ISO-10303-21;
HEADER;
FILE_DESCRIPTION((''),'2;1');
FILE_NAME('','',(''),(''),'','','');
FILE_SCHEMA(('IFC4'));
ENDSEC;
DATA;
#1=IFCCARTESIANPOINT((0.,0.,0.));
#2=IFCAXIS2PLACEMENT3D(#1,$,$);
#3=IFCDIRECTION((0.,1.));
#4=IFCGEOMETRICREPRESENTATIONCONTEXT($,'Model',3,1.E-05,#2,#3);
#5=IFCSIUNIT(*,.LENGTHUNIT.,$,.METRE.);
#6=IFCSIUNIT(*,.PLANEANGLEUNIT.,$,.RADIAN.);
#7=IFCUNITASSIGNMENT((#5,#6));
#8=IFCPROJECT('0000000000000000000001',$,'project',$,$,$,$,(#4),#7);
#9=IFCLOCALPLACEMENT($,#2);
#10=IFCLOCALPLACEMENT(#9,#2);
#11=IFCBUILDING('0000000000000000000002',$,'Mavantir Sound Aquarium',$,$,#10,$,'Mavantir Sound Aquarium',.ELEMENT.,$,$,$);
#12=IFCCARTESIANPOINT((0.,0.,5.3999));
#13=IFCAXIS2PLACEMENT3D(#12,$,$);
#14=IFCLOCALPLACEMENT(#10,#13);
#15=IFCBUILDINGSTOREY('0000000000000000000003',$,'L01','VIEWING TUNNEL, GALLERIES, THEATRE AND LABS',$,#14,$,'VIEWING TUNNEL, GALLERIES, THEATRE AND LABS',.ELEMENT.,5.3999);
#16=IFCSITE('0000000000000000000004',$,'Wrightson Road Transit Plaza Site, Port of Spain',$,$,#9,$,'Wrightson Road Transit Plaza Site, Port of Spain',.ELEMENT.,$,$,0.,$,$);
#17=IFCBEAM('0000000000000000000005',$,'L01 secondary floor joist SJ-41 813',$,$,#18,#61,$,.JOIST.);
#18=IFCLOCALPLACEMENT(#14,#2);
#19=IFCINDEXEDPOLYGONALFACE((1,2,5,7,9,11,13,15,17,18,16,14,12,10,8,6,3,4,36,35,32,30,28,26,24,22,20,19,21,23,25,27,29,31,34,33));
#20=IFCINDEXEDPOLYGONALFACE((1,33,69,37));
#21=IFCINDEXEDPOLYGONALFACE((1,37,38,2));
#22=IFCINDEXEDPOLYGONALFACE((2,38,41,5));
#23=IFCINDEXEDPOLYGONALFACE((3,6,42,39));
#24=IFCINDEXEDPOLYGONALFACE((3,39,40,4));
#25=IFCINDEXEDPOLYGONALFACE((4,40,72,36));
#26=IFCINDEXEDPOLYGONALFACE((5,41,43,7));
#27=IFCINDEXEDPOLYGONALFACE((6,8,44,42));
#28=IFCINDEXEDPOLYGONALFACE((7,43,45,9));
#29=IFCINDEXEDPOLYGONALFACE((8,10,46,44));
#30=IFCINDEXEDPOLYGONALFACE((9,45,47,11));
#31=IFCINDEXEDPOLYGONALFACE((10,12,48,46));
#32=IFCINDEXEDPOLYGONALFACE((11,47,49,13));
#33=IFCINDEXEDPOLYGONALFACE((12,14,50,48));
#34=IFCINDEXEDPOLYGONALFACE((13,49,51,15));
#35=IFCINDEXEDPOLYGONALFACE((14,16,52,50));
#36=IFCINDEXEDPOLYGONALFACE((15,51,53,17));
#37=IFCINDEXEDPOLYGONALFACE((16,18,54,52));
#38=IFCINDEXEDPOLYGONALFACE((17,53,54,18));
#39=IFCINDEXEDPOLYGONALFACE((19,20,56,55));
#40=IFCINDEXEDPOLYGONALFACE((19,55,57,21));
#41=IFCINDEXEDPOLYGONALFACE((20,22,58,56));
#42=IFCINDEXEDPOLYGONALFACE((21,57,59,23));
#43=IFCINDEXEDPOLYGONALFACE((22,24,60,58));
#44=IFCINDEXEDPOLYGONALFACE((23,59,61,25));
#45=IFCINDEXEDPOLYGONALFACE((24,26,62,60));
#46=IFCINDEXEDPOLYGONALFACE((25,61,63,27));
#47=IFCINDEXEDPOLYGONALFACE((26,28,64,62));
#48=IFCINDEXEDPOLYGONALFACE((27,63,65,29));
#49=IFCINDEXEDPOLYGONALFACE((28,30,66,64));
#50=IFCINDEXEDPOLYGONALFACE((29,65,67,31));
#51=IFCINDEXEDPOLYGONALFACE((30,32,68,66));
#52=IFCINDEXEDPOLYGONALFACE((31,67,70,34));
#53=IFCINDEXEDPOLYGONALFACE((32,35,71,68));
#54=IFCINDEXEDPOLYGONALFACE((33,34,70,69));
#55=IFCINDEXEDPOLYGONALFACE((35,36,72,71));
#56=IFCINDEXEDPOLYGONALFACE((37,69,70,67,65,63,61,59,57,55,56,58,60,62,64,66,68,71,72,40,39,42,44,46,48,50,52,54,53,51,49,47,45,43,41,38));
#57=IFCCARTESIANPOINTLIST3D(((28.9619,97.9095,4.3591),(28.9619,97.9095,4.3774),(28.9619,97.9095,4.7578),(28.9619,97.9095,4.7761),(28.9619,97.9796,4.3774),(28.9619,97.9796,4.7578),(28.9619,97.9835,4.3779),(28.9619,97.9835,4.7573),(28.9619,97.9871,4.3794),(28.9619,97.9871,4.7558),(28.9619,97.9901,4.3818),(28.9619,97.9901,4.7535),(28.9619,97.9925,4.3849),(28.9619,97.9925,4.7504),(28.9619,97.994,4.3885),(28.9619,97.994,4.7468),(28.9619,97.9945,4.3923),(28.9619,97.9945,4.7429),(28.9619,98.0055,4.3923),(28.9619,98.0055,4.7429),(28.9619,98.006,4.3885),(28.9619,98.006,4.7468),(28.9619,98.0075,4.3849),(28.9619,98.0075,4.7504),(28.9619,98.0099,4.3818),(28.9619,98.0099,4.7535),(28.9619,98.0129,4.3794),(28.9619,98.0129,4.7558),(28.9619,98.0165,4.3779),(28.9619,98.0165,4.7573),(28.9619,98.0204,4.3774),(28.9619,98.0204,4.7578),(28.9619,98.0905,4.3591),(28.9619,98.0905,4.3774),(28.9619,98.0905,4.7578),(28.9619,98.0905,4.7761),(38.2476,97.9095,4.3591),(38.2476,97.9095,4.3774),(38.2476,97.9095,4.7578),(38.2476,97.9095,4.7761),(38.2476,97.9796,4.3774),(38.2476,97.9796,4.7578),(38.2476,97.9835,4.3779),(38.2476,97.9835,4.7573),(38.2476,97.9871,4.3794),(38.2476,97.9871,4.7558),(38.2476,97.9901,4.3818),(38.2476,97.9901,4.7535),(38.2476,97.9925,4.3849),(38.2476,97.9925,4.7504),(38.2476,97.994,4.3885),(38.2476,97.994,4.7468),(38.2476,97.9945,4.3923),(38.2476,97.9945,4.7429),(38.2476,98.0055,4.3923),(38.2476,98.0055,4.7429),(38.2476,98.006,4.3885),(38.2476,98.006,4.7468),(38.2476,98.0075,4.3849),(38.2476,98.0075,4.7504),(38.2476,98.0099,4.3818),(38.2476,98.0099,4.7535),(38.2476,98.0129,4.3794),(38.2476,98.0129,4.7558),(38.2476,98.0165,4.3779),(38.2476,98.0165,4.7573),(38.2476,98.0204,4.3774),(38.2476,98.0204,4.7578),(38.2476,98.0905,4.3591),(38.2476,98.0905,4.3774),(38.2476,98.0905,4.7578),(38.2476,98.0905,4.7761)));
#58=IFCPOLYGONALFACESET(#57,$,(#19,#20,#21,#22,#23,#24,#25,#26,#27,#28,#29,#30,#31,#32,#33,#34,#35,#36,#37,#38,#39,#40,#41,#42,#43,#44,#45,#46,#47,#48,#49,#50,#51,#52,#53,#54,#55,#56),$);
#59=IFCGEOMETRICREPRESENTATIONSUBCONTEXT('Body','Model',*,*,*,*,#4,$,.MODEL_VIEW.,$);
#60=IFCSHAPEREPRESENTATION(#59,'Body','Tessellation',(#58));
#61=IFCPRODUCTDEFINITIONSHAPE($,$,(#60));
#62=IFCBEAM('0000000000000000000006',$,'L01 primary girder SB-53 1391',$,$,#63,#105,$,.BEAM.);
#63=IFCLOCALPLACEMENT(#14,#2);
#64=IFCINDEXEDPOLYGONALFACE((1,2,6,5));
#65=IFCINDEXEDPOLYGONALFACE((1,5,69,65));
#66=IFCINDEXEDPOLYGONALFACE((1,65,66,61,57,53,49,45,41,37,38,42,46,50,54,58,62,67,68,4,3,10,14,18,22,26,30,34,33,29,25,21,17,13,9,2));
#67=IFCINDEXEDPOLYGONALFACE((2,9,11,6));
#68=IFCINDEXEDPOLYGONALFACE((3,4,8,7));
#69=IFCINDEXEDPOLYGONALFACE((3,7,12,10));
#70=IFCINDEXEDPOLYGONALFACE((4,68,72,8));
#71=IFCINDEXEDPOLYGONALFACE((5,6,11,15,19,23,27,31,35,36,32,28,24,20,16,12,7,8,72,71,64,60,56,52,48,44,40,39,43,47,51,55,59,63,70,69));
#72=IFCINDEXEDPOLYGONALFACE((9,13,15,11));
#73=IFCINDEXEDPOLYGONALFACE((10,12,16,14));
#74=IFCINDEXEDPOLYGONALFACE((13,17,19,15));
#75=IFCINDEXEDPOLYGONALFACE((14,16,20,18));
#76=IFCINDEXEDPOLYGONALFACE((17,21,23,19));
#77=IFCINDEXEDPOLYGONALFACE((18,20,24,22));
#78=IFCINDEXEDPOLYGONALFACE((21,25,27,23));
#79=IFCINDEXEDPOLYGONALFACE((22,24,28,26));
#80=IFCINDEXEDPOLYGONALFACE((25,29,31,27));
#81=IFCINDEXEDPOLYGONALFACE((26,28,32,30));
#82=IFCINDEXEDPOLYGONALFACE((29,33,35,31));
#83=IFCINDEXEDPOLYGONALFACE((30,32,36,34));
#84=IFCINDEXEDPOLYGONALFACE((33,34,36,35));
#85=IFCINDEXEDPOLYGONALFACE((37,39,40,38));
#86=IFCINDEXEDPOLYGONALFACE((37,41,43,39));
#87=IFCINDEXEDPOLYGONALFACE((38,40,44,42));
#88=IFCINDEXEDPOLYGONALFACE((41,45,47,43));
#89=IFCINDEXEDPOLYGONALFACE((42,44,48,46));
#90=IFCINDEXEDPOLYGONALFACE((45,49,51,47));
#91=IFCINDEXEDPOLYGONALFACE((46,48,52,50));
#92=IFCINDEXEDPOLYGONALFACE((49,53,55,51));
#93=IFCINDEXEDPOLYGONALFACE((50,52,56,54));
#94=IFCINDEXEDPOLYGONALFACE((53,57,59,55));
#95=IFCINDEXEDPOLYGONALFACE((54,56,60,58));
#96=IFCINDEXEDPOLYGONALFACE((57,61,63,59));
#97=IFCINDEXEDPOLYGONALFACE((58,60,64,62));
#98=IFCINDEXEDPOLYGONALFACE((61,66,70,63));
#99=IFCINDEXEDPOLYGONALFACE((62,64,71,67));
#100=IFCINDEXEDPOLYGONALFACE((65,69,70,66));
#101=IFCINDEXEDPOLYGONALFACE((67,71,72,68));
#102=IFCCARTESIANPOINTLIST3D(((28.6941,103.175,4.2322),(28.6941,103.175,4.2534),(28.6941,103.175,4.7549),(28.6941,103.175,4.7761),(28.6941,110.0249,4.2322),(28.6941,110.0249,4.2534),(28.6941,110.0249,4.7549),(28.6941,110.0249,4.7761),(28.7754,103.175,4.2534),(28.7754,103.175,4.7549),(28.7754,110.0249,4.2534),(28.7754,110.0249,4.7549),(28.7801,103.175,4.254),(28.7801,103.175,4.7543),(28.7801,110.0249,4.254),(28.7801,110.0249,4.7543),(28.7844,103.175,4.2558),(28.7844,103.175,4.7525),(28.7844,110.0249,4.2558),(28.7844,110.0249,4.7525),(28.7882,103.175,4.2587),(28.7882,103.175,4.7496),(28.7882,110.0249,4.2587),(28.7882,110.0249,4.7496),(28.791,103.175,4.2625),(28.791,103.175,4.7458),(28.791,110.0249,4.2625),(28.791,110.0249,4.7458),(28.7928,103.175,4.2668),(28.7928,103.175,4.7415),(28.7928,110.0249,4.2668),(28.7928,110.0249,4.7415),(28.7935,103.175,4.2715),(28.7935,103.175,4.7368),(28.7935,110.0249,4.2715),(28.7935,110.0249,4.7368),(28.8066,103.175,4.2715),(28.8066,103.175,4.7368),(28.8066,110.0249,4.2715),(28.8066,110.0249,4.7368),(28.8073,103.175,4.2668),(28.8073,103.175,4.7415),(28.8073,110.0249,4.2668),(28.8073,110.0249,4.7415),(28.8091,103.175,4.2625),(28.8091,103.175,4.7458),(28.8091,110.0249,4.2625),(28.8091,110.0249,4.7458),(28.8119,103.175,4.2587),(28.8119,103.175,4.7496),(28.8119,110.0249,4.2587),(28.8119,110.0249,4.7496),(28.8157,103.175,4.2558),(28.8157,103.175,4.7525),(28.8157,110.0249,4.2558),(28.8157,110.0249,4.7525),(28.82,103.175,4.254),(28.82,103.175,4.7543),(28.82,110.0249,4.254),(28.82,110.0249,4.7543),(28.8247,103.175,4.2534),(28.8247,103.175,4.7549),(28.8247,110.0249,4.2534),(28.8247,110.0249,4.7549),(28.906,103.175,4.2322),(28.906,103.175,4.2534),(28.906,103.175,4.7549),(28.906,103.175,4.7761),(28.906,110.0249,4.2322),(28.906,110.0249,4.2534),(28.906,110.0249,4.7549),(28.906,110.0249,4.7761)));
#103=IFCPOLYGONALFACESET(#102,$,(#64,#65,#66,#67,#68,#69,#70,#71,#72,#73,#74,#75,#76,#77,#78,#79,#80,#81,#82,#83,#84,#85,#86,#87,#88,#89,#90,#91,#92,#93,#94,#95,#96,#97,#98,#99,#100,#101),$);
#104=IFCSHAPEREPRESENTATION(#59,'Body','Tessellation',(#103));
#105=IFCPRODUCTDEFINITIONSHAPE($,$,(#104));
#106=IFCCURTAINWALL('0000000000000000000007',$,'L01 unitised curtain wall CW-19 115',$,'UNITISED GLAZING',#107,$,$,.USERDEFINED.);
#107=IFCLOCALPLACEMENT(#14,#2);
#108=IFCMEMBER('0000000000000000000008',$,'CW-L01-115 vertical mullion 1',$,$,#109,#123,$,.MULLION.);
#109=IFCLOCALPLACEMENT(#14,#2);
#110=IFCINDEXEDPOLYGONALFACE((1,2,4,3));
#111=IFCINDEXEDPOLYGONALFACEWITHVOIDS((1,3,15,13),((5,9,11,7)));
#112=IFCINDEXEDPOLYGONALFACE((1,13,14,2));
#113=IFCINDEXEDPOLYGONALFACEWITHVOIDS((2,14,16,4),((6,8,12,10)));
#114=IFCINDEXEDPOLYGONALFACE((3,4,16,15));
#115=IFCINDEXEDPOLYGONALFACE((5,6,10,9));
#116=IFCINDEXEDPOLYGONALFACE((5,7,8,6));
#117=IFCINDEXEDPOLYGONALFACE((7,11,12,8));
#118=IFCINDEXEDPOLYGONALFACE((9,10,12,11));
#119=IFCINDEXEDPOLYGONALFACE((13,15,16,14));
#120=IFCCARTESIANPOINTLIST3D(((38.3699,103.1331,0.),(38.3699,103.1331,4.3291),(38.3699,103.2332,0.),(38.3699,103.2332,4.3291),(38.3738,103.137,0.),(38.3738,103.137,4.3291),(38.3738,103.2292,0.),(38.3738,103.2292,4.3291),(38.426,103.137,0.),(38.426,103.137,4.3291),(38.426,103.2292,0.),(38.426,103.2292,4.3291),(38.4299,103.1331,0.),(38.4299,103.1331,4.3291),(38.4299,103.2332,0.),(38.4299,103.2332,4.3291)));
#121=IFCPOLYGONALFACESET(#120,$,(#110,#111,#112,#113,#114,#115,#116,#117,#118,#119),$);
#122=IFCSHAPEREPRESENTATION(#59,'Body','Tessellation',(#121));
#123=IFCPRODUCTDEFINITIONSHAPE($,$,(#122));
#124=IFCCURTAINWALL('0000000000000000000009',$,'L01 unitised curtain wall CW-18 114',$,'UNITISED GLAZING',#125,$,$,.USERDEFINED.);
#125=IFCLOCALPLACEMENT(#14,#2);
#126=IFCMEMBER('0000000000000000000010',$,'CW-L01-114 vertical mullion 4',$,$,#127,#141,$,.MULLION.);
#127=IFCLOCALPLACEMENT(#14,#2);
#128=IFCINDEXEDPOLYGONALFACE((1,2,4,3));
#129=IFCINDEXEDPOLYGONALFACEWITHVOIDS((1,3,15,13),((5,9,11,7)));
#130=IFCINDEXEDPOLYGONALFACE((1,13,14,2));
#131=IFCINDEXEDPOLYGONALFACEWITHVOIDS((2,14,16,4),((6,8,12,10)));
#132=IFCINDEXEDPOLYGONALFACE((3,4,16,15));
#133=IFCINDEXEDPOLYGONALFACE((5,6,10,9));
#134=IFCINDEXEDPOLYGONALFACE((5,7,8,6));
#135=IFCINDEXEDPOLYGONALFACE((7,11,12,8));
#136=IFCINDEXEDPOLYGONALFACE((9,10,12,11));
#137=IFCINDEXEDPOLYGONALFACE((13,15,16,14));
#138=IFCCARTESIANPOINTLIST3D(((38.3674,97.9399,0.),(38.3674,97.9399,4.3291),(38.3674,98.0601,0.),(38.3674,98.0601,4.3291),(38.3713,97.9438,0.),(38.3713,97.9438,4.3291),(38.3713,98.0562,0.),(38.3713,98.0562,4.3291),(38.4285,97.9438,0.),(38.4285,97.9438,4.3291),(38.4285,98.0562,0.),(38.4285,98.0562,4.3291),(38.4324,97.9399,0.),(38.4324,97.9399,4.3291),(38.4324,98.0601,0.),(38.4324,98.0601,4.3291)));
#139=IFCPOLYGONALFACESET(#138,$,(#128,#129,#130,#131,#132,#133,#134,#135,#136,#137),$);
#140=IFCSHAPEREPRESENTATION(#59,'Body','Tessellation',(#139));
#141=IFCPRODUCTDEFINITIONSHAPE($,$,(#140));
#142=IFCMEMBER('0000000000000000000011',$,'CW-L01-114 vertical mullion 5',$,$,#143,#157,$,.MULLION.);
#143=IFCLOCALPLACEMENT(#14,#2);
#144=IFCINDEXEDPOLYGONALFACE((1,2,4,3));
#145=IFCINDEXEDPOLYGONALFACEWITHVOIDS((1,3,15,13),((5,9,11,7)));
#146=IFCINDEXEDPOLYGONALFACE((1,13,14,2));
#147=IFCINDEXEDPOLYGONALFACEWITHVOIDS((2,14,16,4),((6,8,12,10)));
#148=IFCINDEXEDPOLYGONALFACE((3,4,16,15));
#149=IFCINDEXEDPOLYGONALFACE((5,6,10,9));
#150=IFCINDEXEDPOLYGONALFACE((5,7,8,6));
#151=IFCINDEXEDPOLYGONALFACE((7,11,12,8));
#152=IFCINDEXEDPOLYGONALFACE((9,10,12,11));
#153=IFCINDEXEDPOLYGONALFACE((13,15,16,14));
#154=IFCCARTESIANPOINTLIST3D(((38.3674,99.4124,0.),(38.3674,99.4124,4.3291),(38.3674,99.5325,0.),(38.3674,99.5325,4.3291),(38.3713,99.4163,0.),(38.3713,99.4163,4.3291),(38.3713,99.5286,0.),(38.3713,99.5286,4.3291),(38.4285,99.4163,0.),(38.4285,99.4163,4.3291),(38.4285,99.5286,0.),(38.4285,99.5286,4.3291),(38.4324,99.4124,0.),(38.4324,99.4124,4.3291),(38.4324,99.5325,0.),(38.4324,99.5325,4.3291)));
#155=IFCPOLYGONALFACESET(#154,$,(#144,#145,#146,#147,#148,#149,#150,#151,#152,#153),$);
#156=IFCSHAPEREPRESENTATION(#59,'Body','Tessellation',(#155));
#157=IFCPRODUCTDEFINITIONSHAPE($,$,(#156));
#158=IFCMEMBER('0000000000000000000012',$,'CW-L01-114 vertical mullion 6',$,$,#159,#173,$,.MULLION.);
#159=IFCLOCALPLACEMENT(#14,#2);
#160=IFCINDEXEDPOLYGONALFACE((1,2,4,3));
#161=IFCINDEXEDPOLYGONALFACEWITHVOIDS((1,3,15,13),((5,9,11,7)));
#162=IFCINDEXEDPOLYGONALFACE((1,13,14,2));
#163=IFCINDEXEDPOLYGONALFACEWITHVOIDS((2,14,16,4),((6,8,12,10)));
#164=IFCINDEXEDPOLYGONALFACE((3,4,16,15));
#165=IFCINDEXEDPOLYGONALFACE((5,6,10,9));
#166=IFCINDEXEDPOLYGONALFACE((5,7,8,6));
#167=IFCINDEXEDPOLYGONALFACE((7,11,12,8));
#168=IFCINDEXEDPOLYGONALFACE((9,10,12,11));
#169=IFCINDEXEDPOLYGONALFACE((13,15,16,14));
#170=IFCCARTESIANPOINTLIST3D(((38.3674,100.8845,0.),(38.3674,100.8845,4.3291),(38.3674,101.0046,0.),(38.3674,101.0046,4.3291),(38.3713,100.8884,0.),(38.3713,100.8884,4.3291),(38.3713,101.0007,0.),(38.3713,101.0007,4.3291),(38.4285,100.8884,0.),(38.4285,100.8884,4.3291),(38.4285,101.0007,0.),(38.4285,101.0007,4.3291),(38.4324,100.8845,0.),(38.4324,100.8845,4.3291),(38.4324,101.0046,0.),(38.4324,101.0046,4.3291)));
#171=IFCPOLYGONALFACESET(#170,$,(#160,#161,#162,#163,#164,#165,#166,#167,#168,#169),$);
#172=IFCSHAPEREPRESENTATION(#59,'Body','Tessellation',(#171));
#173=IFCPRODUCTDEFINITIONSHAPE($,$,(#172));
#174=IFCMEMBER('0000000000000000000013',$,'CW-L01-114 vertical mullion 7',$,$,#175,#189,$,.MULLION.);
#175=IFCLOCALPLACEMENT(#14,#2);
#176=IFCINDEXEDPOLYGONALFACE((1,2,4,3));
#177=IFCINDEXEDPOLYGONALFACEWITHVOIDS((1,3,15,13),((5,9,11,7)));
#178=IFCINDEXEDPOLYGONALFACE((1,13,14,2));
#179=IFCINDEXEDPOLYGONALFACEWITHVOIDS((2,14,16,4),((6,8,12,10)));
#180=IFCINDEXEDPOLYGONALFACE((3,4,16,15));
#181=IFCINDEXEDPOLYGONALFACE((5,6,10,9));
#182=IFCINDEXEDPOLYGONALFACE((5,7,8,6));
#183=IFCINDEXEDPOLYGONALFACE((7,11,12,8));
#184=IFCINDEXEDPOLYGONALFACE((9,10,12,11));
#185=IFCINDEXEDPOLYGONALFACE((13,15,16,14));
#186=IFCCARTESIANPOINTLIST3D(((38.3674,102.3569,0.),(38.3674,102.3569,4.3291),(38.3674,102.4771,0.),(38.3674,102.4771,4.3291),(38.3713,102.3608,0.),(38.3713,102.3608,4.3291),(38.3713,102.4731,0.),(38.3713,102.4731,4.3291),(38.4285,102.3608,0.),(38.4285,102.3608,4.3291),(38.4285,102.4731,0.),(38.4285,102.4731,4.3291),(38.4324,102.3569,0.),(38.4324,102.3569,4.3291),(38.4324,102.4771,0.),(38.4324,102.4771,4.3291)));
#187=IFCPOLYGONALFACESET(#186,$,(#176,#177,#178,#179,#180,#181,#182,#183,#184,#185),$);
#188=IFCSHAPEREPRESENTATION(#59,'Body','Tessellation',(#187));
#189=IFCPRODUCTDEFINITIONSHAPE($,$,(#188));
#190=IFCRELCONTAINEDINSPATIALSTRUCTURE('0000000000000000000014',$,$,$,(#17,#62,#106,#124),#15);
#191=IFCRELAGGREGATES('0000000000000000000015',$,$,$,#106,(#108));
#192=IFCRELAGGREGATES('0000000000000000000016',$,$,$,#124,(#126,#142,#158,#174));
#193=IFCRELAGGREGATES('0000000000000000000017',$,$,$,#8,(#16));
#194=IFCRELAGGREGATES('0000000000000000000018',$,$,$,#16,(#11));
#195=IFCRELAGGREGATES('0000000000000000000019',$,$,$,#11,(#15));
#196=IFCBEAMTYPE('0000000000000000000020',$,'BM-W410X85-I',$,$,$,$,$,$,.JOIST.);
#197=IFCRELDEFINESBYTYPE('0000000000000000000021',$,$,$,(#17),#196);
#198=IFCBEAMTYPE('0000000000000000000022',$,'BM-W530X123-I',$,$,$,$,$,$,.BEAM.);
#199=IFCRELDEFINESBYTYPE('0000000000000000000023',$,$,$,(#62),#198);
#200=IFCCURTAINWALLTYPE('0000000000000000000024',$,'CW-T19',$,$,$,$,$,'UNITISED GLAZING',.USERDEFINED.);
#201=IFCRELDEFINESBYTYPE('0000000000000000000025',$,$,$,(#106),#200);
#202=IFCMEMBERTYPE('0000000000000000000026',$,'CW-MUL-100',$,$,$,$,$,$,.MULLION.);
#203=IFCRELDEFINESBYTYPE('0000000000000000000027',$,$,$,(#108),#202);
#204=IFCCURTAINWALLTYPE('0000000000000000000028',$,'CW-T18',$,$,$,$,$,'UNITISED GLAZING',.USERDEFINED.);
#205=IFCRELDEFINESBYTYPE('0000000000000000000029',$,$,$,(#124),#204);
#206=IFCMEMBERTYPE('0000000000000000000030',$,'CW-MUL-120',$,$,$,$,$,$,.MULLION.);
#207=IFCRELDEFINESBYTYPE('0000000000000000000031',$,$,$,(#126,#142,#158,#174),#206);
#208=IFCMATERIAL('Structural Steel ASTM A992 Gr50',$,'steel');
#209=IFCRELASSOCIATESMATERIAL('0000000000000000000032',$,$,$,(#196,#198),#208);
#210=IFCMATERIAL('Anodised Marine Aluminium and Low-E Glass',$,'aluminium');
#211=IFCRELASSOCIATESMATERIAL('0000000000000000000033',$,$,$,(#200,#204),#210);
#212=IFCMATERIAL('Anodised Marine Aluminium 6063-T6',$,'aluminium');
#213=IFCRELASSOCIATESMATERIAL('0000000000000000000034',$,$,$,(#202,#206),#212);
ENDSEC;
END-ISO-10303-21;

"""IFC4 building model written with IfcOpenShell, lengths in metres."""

from ifc_helpers import new_model, si_unit, direction, frame, origin, origin_2d, place, context, subcontext, project, spatial, hollow_rectangle, i_section, extrude, material, material_profile, profile_set, type_object, element, aggregate, save


model = new_model("IFC4")

# Units and contexts
model_context = context("Model", 3, precision=1e-05, world=origin(), true_north=direction((0.0, 1.0)))
body_context = subcontext(model_context, "Body", "Model", "MODEL_VIEW")
ifc_project = project(units=[si_unit("LENGTHUNIT", "METRE"), si_unit("PLANEANGLEUNIT", "RADIAN")], contexts=[model_context])

# Site, building, storey
site_placement = place(None, origin())
site = spatial("IfcSite", under=ifc_project, at=site_placement, Name="Wrightson Road Transit Plaza Site, Port of Spain", LongName="Wrightson Road Transit Plaza Site, Port of Spain", CompositionType="ELEMENT", RefElevation=0.0)
building_placement = place(site_placement, origin())
building = spatial("IfcBuilding", under=site, at=building_placement, Name="Mavantir Sound Aquarium", LongName="Mavantir Sound Aquarium", CompositionType="ELEMENT")
storey_placement = place(building_placement, frame((0.0, 0.0, 5.3999)))
storey = spatial("IfcBuildingStorey", under=building, at=storey_placement, Name="L01", Description="VIEWING TUNNEL, GALLERIES, THEATRE AND LABS", LongName="VIEWING TUNNEL, GALLERIES, THEATRE AND LABS", CompositionType="ELEMENT", Elevation=5.3999)

# Beams
ifc_material_1 = material(Name="Structural Steel ASTM A992 Gr50", Category="steel")
ifc_material_profile_1 = material_profile(ifc_material_1, i_section(OverallWidth=0.1809, OverallDepth=0.417, WebThickness=0.011, FlangeThickness=0.0183, FilletRadius=0.0149, at=origin_2d()), Name="W410X85")
ifc_profile_set_1 = profile_set([ifc_material_profile_1], Name="Structural Steel ASTM A992 Gr50")
beam_type_1 = type_object("IfcBeamType", Name="BM-W410X85-I", PredefinedType="JOIST", material=ifc_profile_set_1)
beam_1_placement = place(storey_placement, frame((28.9619, 98.0, 4.5676), z_axis=(1.0, 0.0, 0.0), x_axis=(0.0, 1.0, 0.0)))
element("IfcBeam", 1, at=beam_1_placement, inside=storey, type_object=beam_type_1, Name="L01 secondary floor joist SJ-41 813", PredefinedType="JOIST", context=body_context, shape_type="SweptSolid", body=[
    extrude(i_section(OverallWidth=0.1809, OverallDepth=0.417, WebThickness=0.011, FlangeThickness=0.0183, FilletRadius=0.0149, at=origin_2d()), origin(), (0.0, 0.0, 1.0), 9.2856),
])
ifc_material_profile_2 = material_profile(ifc_material_1, i_section(OverallWidth=0.2119, OverallDepth=0.5439, WebThickness=0.0132, FlangeThickness=0.0212, FilletRadius=0.0181, at=origin_2d()), Name="W530X123")
ifc_profile_set_2 = profile_set([ifc_material_profile_2], Name="Structural Steel ASTM A992 Gr50")
beam_type_2 = type_object("IfcBeamType", Name="BM-W530X123-I", PredefinedType="BEAM", material=ifc_profile_set_2)
beam_2_placement = place(storey_placement, frame((28.8, 103.175, 4.5042), z_axis=(0.0, 1.0, 0.0), x_axis=(-1.0, 0.0, 0.0)))
element("IfcBeam", 2, at=beam_2_placement, inside=storey, type_object=beam_type_2, Name="L01 primary girder SB-53 1391", PredefinedType="BEAM", context=body_context, shape_type="SweptSolid", body=[
    extrude(i_section(OverallWidth=0.2119, OverallDepth=0.5439, WebThickness=0.0132, FlangeThickness=0.0212, FilletRadius=0.0181, at=origin_2d()), origin(), (0.0, 0.0, 1.0), 6.8499),
])

# Curtain wall, member
ifc_material_2 = material(Name="Anodised Marine Aluminium and Low-E Glass", Category="aluminium")
curtain_wall_type_1 = type_object("IfcCurtainWallType", Name="CW-T19", ElementType="UNITISED GLAZING", PredefinedType="USERDEFINED", material=ifc_material_2)
curtain_wall_1_placement = place(storey_placement, origin())
curtain_wall_1 = element("IfcCurtainWall", 3, at=curtain_wall_1_placement, inside=storey, type_object=curtain_wall_type_1, Name="L01 unitised curtain wall CW-19 115", ObjectType="UNITISED GLAZING", PredefinedType="USERDEFINED")
ifc_material_3 = material(Name="Anodised Marine Aluminium 6063-T6", Category="aluminium")
ifc_material_profile_3 = material_profile(ifc_material_3, hollow_rectangle(XDim=0.0601, YDim=0.1001, WallThickness=0.0039, at=origin_2d()), Name="ALU-MULLION-100X60")
ifc_profile_set_3 = profile_set([ifc_material_profile_3], Name="Anodised Marine Aluminium 6063-T6")
member_type_1 = type_object("IfcMemberType", Name="CW-MUL-100", PredefinedType="MULLION", material=ifc_profile_set_3)
member_1_placement = place(storey_placement, frame((38.3999, 103.1831, 0.0), z_axis=(0.0, 0.0, 1.0), x_axis=(1.0, 0.0, 0.0)))
member_1 = element("IfcMember", 4, at=member_1_placement, type_object=member_type_1, Name="CW-L01-115 vertical mullion 1", PredefinedType="MULLION", context=body_context, shape_type="SweptSolid", body=[
    extrude(hollow_rectangle(XDim=0.0601, YDim=0.1001, WallThickness=0.0039, at=origin_2d()), origin(), (0.0, 0.0, 1.0), 4.3291),
])

# Curtain wall, members
curtain_wall_type_2 = type_object("IfcCurtainWallType", Name="CW-T18", ElementType="UNITISED GLAZING", PredefinedType="USERDEFINED", material=ifc_material_2)
curtain_wall_2_placement = place(storey_placement, origin())
curtain_wall_2 = element("IfcCurtainWall", 5, at=curtain_wall_2_placement, inside=storey, type_object=curtain_wall_type_2, Name="L01 unitised curtain wall CW-18 114", ObjectType="UNITISED GLAZING", PredefinedType="USERDEFINED")
ifc_material_profile_4 = material_profile(ifc_material_3, hollow_rectangle(XDim=0.0649, YDim=0.1201, WallThickness=0.0039, at=origin_2d()), Name="ALU-MULLION-120X65")
ifc_profile_set_4 = profile_set([ifc_material_profile_4], Name="Anodised Marine Aluminium 6063-T6")
member_type_2 = type_object("IfcMemberType", Name="CW-MUL-120", PredefinedType="MULLION", material=ifc_profile_set_4)
member_2_placement = place(storey_placement, frame((38.3999, 98.0, 0.0), z_axis=(0.0, 0.0, 1.0), x_axis=(1.0, 0.0, 0.0)))
member_2 = element("IfcMember", 6, at=member_2_placement, type_object=member_type_2, Name="CW-L01-114 vertical mullion 4", PredefinedType="MULLION", context=body_context, shape_type="SweptSolid", body=[
    extrude(hollow_rectangle(XDim=0.0649, YDim=0.1201, WallThickness=0.0039, at=origin_2d()), origin(), (0.0, 0.0, 1.0), 4.3291),
])
member_3_placement = place(storey_placement, frame((38.3999, 99.4724, 0.0), z_axis=(0.0, 0.0, 1.0), x_axis=(1.0, 0.0, 0.0)))
member_3 = element("IfcMember", 7, at=member_3_placement, type_object=member_type_2, Name="CW-L01-114 vertical mullion 5", PredefinedType="MULLION", context=body_context, shape_type="SweptSolid", body=[
    extrude(hollow_rectangle(XDim=0.0649, YDim=0.1201, WallThickness=0.0039, at=origin_2d()), origin(), (0.0, 0.0, 1.0), 4.3291),
])
member_4_placement = place(storey_placement, frame((38.3999, 100.9446, 0.0), z_axis=(0.0, 0.0, 1.0), x_axis=(1.0, 0.0, 0.0)))
member_4 = element("IfcMember", 8, at=member_4_placement, type_object=member_type_2, Name="CW-L01-114 vertical mullion 6", PredefinedType="MULLION", context=body_context, shape_type="SweptSolid", body=[
    extrude(hollow_rectangle(XDim=0.0649, YDim=0.1201, WallThickness=0.0039, at=origin_2d()), origin(), (0.0, 0.0, 1.0), 4.3291),
])
member_5_placement = place(storey_placement, frame((38.3999, 102.417, 0.0), z_axis=(0.0, 0.0, 1.0), x_axis=(1.0, 0.0, 0.0)))
member_5 = element("IfcMember", 9, at=member_5_placement, type_object=member_type_2, Name="CW-L01-114 vertical mullion 7", PredefinedType="MULLION", context=body_context, shape_type="SweptSolid", body=[
    extrude(hollow_rectangle(XDim=0.0649, YDim=0.1201, WallThickness=0.0039, at=origin_2d()), origin(), (0.0, 0.0, 1.0), 4.3291),
])

aggregate(curtain_wall_1, [member_1])

aggregate(curtain_wall_2, [member_2, member_3, member_4, member_5])

save(model, "model.ifc")
